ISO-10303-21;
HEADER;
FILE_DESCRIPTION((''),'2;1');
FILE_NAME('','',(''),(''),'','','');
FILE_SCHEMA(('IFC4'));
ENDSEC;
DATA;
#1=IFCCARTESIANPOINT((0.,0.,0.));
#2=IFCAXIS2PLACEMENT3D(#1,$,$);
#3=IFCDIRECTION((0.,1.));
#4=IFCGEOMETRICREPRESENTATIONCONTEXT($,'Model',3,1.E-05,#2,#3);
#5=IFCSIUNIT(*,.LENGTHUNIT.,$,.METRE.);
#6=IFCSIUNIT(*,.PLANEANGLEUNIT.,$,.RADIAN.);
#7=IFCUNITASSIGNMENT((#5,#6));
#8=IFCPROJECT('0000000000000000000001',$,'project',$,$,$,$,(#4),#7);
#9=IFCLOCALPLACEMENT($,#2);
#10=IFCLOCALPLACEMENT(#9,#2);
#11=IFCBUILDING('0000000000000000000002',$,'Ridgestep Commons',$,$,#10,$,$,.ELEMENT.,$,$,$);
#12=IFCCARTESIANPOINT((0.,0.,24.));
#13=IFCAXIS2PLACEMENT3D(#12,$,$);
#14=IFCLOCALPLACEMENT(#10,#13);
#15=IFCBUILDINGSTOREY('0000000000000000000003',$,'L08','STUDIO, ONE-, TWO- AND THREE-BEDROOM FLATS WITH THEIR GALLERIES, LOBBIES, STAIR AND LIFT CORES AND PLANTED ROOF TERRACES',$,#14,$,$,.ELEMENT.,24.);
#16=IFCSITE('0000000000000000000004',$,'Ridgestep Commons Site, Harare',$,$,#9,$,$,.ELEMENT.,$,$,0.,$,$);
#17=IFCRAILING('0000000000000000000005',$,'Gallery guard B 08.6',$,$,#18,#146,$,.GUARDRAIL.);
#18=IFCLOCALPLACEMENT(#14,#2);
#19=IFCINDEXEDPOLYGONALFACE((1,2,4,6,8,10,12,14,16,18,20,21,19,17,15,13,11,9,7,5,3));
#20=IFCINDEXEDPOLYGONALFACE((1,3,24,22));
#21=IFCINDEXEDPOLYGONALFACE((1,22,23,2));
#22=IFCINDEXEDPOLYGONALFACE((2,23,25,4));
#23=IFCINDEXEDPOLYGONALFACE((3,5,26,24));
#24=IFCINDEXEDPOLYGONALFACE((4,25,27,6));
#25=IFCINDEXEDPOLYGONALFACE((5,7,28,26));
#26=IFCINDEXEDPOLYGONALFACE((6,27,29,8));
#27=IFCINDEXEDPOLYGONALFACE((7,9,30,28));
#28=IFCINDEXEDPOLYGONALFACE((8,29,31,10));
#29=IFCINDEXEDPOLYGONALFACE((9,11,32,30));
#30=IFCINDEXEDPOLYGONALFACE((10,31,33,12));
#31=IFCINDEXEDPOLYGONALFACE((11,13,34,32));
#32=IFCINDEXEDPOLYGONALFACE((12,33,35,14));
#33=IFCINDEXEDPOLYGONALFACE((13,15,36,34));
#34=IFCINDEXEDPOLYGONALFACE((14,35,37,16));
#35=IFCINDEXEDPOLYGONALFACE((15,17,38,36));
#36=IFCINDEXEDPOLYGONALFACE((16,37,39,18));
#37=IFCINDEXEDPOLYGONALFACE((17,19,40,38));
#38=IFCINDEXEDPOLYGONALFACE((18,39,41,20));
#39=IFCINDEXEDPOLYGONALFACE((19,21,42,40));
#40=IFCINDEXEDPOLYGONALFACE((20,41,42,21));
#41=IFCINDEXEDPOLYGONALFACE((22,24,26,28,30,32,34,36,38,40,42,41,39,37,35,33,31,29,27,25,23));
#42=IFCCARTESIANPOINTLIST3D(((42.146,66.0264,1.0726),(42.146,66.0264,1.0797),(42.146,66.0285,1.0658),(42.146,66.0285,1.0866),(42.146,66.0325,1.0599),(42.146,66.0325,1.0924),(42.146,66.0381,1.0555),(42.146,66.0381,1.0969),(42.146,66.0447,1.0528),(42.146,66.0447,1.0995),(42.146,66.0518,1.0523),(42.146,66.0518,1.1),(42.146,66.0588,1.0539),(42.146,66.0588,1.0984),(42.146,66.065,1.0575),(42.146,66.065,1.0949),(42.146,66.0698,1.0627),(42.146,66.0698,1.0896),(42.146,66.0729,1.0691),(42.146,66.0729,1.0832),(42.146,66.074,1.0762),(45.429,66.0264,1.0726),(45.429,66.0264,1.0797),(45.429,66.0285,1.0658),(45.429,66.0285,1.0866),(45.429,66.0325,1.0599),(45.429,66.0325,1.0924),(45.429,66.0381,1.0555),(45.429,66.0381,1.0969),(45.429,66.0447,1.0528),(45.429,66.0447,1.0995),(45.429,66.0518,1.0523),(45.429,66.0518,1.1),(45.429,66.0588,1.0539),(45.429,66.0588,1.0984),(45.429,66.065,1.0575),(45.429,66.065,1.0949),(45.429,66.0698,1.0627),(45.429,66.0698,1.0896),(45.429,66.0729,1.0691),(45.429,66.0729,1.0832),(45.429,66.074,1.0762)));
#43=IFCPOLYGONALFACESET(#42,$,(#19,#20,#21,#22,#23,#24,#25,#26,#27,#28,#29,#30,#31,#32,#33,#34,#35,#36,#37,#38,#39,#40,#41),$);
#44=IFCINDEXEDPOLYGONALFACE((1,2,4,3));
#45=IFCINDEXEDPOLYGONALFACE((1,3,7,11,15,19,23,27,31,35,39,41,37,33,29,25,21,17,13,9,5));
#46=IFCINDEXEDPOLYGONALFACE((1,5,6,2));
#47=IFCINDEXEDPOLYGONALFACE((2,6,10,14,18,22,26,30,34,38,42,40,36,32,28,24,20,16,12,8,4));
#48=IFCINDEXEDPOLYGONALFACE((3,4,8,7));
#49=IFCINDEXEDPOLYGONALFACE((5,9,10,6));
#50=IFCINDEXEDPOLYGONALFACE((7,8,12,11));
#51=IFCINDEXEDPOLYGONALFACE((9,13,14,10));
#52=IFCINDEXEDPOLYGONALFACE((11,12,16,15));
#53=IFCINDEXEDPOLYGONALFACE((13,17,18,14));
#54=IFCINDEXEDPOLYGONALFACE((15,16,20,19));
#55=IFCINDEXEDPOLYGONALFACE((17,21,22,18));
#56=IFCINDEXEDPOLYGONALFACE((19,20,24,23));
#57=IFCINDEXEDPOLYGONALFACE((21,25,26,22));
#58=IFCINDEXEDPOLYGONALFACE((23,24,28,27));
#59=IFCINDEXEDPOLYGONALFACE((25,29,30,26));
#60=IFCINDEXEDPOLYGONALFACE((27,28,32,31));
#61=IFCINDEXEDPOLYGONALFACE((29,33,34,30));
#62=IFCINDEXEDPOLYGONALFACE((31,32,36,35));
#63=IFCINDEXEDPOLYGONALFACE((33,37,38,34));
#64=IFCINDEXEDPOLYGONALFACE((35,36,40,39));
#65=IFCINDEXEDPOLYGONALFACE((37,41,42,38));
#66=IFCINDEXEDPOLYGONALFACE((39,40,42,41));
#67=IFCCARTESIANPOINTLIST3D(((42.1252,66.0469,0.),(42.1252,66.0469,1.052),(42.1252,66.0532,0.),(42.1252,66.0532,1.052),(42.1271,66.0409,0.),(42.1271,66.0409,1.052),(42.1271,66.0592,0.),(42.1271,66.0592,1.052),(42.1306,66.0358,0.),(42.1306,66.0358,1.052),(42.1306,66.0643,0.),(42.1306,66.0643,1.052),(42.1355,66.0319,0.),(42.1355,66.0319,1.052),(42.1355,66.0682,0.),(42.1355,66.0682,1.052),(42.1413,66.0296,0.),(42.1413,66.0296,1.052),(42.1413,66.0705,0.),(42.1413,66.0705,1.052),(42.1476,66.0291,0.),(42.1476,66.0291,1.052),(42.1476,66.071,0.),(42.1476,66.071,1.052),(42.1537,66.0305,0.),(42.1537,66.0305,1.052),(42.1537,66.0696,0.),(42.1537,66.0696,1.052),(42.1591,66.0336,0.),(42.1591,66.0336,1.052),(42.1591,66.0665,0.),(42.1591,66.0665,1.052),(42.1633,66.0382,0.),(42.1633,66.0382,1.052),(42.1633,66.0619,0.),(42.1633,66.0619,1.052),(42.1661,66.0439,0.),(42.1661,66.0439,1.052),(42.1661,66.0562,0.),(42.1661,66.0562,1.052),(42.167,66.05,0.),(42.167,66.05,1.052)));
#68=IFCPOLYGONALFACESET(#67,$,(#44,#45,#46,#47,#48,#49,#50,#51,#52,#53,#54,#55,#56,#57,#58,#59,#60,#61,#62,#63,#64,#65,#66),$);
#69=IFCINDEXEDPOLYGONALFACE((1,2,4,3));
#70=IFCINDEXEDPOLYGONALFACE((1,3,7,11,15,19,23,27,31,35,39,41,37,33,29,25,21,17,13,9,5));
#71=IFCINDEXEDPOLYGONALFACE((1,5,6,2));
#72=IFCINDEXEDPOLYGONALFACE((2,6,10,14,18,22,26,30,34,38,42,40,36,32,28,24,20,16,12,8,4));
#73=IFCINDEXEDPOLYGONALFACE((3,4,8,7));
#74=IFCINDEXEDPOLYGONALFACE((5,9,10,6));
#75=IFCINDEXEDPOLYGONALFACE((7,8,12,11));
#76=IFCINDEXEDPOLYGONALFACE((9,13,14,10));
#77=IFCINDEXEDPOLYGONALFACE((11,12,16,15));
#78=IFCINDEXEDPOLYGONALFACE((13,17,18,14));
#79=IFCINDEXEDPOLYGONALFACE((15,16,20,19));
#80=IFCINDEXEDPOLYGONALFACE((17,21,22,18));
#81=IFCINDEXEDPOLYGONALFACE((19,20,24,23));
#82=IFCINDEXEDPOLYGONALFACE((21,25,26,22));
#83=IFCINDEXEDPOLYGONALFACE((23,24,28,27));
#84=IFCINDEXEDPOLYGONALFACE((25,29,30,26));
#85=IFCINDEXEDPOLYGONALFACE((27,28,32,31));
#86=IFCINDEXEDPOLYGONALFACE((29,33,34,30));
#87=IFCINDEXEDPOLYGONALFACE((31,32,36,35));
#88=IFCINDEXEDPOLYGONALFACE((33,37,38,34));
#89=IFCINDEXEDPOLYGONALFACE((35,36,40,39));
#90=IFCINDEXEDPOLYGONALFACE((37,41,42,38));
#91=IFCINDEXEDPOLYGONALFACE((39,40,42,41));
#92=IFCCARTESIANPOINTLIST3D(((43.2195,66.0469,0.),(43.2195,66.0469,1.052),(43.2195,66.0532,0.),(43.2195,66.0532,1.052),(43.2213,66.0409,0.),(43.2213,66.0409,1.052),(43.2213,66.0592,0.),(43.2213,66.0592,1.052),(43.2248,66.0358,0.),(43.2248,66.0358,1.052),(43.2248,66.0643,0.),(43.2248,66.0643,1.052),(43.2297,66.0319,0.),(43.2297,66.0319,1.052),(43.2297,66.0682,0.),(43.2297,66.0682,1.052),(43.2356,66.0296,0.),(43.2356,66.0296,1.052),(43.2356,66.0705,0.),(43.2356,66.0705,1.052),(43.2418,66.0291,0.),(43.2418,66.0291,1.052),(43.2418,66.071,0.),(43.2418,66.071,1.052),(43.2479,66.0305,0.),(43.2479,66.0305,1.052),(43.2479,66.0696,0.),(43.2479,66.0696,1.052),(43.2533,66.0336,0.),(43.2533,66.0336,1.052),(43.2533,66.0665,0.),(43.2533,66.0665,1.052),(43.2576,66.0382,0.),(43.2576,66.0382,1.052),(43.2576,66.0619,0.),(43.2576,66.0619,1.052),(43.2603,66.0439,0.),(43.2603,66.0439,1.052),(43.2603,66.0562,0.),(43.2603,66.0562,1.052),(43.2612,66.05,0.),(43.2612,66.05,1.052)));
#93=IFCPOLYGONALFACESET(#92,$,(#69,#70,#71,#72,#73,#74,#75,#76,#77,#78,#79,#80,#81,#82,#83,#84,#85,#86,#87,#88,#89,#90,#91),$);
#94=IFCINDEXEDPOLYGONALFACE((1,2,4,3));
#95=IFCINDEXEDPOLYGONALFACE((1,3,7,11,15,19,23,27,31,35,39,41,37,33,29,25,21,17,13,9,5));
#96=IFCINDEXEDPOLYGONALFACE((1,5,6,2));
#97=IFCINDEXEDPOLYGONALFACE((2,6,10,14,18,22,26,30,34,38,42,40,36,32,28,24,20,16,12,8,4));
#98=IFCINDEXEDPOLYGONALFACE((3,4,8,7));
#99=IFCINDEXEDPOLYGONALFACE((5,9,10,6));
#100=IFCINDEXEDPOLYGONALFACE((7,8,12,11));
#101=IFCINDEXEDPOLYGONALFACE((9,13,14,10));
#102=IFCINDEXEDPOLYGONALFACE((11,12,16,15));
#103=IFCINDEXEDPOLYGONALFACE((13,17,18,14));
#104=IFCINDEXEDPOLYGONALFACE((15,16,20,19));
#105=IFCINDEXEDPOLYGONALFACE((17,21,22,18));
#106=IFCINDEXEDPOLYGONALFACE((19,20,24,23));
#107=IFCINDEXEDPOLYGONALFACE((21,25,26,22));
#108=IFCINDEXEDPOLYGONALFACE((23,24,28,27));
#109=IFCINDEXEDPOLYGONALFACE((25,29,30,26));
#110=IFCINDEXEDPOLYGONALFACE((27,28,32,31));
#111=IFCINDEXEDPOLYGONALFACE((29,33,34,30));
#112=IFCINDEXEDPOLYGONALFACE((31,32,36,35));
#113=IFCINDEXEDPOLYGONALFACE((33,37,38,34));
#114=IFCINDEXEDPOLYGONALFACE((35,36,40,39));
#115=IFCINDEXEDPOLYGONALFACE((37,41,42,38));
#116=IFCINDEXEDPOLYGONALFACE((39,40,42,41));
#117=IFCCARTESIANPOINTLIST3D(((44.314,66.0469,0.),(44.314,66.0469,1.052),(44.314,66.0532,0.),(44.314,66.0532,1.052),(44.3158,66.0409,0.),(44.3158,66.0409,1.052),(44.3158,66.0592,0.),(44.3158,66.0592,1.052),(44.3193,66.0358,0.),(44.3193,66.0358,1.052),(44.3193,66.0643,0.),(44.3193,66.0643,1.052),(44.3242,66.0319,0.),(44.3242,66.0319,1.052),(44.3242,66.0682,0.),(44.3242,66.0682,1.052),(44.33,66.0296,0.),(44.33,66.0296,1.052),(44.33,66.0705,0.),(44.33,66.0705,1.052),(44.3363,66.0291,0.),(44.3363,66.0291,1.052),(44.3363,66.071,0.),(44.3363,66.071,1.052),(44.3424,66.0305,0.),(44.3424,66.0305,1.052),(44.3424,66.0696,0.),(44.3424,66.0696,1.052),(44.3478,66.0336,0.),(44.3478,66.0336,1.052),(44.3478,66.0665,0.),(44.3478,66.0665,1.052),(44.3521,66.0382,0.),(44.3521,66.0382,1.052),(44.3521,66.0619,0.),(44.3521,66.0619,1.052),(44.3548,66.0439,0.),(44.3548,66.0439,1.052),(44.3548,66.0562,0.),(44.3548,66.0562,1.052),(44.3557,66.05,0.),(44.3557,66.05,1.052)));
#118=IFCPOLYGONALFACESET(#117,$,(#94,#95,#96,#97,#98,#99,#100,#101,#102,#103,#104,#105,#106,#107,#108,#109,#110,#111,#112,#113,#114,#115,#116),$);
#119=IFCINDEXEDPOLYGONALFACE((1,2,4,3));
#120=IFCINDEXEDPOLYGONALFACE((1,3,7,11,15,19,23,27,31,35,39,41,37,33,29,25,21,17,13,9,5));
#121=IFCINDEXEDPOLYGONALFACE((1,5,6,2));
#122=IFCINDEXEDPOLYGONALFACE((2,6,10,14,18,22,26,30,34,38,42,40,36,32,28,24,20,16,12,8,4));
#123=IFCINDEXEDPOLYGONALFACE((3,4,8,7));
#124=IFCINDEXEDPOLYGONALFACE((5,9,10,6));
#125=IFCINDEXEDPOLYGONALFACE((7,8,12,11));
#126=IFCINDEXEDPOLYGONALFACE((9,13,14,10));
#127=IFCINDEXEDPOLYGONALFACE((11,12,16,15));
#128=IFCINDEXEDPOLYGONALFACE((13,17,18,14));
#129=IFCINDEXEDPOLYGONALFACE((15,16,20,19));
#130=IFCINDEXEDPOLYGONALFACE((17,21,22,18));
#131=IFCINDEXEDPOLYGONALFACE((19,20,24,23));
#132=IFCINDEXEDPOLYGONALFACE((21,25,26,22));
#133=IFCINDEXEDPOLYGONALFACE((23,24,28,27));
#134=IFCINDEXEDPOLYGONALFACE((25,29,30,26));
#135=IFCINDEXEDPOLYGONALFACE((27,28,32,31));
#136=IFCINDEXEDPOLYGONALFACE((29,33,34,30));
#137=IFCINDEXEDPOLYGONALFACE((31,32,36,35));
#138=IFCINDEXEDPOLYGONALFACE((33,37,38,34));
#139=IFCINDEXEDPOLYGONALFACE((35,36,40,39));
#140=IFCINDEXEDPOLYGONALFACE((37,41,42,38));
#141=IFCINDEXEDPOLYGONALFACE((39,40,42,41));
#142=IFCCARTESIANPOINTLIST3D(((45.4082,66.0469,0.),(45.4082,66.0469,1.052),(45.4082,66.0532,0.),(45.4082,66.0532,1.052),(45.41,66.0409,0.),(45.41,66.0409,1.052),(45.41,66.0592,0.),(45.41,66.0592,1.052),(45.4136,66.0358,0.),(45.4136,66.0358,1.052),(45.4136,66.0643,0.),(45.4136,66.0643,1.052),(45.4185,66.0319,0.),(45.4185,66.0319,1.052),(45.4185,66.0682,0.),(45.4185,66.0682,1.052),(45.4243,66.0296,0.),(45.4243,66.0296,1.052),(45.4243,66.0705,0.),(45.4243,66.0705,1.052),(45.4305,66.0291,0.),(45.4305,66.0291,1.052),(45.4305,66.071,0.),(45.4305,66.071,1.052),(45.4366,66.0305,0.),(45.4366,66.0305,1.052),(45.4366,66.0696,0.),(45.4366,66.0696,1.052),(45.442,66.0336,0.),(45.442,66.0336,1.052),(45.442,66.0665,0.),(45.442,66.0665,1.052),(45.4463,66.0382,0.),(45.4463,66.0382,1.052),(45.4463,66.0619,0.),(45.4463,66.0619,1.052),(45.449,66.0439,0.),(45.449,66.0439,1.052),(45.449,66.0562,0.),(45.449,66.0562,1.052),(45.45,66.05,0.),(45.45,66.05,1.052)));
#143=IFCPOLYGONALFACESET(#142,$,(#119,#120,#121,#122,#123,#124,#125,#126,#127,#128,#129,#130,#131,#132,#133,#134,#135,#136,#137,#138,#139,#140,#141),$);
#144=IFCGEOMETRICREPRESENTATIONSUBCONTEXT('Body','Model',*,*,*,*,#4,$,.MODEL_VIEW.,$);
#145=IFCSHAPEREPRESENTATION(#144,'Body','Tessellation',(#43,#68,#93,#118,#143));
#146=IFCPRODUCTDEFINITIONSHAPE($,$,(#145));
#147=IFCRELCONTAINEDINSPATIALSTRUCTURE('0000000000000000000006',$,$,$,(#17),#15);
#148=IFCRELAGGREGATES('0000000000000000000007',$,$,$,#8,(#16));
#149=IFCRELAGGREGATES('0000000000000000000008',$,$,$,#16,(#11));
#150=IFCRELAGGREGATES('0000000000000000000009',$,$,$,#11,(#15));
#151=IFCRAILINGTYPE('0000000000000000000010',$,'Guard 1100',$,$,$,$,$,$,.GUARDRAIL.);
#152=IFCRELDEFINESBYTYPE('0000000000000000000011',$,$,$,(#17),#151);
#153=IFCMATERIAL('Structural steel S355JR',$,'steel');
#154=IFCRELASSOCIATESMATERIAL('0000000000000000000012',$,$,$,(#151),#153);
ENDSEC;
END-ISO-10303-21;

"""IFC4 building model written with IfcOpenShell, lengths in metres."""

from ifc_helpers import new_model, si_unit, direction, frame, origin, origin_2d, place, context, subcontext, project, spatial, circle, extrude, material, type_object, element, save


model = new_model("IFC4")

# Units and contexts
model_context = context("Model", 3, precision=1e-05, world=origin(), true_north=direction((0.0, 1.0)))
body_context = subcontext(model_context, "Body", "Model", "MODEL_VIEW")
ifc_project = project(units=[si_unit("LENGTHUNIT", "METRE"), si_unit("PLANEANGLEUNIT", "RADIAN")], contexts=[model_context])

# Site, building, storey
site_placement = place(None, origin())
site = spatial("IfcSite", under=ifc_project, at=site_placement, Name="Ridgestep Commons Site, Harare", CompositionType="ELEMENT", RefElevation=0.0)
building_placement = place(site_placement, origin())
building = spatial("IfcBuilding", under=site, at=building_placement, Name="Ridgestep Commons", CompositionType="ELEMENT")
storey_placement = place(building_placement, frame((0.0, 0.0, 24.0)))
storey = spatial("IfcBuildingStorey", under=building, at=storey_placement, Name="L08", Description="STUDIO, ONE-, TWO- AND THREE-BEDROOM FLATS WITH THEIR GALLERIES, LOBBIES, STAIR AND LIFT CORES AND PLANTED ROOF TERRACES", CompositionType="ELEMENT", Elevation=24.0)

# Railing
ifc_material_1 = material(Name="Structural steel S355JR", Category="steel")
railing_type = type_object("IfcRailingType", Name="Guard 1100", PredefinedType="GUARDRAIL", material=ifc_material_1)
railing_1_placement = place(storey_placement, frame((42.146, 66.05, 0.0)))
element("IfcRailing", 1, at=railing_1_placement, inside=storey, type_object=railing_type, Name="Gallery guard B 08.6", PredefinedType="GUARDRAIL", context=body_context, shape_type="SweptSolid", body=[
    extrude(circle(Radius=0.0239, at=origin_2d()), frame((0.0, 0.0, 1.0762), z_axis=(1.0, 0.0, 0.0), x_axis=(0.0, 1.0, 0.0)), (0.0, 0.0, 1.0), 3.283),
    extrude(circle(Radius=0.021, at=origin_2d()), origin(), (0.0, 0.0, 1.0), 1.052),
    extrude(circle(Radius=0.021, at=origin_2d()), frame((1.0942, 0.0, 0.0)), (0.0, 0.0, 1.0), 1.052),
    extrude(circle(Radius=0.021, at=origin_2d()), frame((2.1887, 0.0, 0.0)), (0.0, 0.0, 1.0), 1.052),
    extrude(circle(Radius=0.021, at=origin_2d()), frame((3.283, 0.0, 0.0)), (0.0, 0.0, 1.0), 1.052),
])

save(model, "model.ifc")
